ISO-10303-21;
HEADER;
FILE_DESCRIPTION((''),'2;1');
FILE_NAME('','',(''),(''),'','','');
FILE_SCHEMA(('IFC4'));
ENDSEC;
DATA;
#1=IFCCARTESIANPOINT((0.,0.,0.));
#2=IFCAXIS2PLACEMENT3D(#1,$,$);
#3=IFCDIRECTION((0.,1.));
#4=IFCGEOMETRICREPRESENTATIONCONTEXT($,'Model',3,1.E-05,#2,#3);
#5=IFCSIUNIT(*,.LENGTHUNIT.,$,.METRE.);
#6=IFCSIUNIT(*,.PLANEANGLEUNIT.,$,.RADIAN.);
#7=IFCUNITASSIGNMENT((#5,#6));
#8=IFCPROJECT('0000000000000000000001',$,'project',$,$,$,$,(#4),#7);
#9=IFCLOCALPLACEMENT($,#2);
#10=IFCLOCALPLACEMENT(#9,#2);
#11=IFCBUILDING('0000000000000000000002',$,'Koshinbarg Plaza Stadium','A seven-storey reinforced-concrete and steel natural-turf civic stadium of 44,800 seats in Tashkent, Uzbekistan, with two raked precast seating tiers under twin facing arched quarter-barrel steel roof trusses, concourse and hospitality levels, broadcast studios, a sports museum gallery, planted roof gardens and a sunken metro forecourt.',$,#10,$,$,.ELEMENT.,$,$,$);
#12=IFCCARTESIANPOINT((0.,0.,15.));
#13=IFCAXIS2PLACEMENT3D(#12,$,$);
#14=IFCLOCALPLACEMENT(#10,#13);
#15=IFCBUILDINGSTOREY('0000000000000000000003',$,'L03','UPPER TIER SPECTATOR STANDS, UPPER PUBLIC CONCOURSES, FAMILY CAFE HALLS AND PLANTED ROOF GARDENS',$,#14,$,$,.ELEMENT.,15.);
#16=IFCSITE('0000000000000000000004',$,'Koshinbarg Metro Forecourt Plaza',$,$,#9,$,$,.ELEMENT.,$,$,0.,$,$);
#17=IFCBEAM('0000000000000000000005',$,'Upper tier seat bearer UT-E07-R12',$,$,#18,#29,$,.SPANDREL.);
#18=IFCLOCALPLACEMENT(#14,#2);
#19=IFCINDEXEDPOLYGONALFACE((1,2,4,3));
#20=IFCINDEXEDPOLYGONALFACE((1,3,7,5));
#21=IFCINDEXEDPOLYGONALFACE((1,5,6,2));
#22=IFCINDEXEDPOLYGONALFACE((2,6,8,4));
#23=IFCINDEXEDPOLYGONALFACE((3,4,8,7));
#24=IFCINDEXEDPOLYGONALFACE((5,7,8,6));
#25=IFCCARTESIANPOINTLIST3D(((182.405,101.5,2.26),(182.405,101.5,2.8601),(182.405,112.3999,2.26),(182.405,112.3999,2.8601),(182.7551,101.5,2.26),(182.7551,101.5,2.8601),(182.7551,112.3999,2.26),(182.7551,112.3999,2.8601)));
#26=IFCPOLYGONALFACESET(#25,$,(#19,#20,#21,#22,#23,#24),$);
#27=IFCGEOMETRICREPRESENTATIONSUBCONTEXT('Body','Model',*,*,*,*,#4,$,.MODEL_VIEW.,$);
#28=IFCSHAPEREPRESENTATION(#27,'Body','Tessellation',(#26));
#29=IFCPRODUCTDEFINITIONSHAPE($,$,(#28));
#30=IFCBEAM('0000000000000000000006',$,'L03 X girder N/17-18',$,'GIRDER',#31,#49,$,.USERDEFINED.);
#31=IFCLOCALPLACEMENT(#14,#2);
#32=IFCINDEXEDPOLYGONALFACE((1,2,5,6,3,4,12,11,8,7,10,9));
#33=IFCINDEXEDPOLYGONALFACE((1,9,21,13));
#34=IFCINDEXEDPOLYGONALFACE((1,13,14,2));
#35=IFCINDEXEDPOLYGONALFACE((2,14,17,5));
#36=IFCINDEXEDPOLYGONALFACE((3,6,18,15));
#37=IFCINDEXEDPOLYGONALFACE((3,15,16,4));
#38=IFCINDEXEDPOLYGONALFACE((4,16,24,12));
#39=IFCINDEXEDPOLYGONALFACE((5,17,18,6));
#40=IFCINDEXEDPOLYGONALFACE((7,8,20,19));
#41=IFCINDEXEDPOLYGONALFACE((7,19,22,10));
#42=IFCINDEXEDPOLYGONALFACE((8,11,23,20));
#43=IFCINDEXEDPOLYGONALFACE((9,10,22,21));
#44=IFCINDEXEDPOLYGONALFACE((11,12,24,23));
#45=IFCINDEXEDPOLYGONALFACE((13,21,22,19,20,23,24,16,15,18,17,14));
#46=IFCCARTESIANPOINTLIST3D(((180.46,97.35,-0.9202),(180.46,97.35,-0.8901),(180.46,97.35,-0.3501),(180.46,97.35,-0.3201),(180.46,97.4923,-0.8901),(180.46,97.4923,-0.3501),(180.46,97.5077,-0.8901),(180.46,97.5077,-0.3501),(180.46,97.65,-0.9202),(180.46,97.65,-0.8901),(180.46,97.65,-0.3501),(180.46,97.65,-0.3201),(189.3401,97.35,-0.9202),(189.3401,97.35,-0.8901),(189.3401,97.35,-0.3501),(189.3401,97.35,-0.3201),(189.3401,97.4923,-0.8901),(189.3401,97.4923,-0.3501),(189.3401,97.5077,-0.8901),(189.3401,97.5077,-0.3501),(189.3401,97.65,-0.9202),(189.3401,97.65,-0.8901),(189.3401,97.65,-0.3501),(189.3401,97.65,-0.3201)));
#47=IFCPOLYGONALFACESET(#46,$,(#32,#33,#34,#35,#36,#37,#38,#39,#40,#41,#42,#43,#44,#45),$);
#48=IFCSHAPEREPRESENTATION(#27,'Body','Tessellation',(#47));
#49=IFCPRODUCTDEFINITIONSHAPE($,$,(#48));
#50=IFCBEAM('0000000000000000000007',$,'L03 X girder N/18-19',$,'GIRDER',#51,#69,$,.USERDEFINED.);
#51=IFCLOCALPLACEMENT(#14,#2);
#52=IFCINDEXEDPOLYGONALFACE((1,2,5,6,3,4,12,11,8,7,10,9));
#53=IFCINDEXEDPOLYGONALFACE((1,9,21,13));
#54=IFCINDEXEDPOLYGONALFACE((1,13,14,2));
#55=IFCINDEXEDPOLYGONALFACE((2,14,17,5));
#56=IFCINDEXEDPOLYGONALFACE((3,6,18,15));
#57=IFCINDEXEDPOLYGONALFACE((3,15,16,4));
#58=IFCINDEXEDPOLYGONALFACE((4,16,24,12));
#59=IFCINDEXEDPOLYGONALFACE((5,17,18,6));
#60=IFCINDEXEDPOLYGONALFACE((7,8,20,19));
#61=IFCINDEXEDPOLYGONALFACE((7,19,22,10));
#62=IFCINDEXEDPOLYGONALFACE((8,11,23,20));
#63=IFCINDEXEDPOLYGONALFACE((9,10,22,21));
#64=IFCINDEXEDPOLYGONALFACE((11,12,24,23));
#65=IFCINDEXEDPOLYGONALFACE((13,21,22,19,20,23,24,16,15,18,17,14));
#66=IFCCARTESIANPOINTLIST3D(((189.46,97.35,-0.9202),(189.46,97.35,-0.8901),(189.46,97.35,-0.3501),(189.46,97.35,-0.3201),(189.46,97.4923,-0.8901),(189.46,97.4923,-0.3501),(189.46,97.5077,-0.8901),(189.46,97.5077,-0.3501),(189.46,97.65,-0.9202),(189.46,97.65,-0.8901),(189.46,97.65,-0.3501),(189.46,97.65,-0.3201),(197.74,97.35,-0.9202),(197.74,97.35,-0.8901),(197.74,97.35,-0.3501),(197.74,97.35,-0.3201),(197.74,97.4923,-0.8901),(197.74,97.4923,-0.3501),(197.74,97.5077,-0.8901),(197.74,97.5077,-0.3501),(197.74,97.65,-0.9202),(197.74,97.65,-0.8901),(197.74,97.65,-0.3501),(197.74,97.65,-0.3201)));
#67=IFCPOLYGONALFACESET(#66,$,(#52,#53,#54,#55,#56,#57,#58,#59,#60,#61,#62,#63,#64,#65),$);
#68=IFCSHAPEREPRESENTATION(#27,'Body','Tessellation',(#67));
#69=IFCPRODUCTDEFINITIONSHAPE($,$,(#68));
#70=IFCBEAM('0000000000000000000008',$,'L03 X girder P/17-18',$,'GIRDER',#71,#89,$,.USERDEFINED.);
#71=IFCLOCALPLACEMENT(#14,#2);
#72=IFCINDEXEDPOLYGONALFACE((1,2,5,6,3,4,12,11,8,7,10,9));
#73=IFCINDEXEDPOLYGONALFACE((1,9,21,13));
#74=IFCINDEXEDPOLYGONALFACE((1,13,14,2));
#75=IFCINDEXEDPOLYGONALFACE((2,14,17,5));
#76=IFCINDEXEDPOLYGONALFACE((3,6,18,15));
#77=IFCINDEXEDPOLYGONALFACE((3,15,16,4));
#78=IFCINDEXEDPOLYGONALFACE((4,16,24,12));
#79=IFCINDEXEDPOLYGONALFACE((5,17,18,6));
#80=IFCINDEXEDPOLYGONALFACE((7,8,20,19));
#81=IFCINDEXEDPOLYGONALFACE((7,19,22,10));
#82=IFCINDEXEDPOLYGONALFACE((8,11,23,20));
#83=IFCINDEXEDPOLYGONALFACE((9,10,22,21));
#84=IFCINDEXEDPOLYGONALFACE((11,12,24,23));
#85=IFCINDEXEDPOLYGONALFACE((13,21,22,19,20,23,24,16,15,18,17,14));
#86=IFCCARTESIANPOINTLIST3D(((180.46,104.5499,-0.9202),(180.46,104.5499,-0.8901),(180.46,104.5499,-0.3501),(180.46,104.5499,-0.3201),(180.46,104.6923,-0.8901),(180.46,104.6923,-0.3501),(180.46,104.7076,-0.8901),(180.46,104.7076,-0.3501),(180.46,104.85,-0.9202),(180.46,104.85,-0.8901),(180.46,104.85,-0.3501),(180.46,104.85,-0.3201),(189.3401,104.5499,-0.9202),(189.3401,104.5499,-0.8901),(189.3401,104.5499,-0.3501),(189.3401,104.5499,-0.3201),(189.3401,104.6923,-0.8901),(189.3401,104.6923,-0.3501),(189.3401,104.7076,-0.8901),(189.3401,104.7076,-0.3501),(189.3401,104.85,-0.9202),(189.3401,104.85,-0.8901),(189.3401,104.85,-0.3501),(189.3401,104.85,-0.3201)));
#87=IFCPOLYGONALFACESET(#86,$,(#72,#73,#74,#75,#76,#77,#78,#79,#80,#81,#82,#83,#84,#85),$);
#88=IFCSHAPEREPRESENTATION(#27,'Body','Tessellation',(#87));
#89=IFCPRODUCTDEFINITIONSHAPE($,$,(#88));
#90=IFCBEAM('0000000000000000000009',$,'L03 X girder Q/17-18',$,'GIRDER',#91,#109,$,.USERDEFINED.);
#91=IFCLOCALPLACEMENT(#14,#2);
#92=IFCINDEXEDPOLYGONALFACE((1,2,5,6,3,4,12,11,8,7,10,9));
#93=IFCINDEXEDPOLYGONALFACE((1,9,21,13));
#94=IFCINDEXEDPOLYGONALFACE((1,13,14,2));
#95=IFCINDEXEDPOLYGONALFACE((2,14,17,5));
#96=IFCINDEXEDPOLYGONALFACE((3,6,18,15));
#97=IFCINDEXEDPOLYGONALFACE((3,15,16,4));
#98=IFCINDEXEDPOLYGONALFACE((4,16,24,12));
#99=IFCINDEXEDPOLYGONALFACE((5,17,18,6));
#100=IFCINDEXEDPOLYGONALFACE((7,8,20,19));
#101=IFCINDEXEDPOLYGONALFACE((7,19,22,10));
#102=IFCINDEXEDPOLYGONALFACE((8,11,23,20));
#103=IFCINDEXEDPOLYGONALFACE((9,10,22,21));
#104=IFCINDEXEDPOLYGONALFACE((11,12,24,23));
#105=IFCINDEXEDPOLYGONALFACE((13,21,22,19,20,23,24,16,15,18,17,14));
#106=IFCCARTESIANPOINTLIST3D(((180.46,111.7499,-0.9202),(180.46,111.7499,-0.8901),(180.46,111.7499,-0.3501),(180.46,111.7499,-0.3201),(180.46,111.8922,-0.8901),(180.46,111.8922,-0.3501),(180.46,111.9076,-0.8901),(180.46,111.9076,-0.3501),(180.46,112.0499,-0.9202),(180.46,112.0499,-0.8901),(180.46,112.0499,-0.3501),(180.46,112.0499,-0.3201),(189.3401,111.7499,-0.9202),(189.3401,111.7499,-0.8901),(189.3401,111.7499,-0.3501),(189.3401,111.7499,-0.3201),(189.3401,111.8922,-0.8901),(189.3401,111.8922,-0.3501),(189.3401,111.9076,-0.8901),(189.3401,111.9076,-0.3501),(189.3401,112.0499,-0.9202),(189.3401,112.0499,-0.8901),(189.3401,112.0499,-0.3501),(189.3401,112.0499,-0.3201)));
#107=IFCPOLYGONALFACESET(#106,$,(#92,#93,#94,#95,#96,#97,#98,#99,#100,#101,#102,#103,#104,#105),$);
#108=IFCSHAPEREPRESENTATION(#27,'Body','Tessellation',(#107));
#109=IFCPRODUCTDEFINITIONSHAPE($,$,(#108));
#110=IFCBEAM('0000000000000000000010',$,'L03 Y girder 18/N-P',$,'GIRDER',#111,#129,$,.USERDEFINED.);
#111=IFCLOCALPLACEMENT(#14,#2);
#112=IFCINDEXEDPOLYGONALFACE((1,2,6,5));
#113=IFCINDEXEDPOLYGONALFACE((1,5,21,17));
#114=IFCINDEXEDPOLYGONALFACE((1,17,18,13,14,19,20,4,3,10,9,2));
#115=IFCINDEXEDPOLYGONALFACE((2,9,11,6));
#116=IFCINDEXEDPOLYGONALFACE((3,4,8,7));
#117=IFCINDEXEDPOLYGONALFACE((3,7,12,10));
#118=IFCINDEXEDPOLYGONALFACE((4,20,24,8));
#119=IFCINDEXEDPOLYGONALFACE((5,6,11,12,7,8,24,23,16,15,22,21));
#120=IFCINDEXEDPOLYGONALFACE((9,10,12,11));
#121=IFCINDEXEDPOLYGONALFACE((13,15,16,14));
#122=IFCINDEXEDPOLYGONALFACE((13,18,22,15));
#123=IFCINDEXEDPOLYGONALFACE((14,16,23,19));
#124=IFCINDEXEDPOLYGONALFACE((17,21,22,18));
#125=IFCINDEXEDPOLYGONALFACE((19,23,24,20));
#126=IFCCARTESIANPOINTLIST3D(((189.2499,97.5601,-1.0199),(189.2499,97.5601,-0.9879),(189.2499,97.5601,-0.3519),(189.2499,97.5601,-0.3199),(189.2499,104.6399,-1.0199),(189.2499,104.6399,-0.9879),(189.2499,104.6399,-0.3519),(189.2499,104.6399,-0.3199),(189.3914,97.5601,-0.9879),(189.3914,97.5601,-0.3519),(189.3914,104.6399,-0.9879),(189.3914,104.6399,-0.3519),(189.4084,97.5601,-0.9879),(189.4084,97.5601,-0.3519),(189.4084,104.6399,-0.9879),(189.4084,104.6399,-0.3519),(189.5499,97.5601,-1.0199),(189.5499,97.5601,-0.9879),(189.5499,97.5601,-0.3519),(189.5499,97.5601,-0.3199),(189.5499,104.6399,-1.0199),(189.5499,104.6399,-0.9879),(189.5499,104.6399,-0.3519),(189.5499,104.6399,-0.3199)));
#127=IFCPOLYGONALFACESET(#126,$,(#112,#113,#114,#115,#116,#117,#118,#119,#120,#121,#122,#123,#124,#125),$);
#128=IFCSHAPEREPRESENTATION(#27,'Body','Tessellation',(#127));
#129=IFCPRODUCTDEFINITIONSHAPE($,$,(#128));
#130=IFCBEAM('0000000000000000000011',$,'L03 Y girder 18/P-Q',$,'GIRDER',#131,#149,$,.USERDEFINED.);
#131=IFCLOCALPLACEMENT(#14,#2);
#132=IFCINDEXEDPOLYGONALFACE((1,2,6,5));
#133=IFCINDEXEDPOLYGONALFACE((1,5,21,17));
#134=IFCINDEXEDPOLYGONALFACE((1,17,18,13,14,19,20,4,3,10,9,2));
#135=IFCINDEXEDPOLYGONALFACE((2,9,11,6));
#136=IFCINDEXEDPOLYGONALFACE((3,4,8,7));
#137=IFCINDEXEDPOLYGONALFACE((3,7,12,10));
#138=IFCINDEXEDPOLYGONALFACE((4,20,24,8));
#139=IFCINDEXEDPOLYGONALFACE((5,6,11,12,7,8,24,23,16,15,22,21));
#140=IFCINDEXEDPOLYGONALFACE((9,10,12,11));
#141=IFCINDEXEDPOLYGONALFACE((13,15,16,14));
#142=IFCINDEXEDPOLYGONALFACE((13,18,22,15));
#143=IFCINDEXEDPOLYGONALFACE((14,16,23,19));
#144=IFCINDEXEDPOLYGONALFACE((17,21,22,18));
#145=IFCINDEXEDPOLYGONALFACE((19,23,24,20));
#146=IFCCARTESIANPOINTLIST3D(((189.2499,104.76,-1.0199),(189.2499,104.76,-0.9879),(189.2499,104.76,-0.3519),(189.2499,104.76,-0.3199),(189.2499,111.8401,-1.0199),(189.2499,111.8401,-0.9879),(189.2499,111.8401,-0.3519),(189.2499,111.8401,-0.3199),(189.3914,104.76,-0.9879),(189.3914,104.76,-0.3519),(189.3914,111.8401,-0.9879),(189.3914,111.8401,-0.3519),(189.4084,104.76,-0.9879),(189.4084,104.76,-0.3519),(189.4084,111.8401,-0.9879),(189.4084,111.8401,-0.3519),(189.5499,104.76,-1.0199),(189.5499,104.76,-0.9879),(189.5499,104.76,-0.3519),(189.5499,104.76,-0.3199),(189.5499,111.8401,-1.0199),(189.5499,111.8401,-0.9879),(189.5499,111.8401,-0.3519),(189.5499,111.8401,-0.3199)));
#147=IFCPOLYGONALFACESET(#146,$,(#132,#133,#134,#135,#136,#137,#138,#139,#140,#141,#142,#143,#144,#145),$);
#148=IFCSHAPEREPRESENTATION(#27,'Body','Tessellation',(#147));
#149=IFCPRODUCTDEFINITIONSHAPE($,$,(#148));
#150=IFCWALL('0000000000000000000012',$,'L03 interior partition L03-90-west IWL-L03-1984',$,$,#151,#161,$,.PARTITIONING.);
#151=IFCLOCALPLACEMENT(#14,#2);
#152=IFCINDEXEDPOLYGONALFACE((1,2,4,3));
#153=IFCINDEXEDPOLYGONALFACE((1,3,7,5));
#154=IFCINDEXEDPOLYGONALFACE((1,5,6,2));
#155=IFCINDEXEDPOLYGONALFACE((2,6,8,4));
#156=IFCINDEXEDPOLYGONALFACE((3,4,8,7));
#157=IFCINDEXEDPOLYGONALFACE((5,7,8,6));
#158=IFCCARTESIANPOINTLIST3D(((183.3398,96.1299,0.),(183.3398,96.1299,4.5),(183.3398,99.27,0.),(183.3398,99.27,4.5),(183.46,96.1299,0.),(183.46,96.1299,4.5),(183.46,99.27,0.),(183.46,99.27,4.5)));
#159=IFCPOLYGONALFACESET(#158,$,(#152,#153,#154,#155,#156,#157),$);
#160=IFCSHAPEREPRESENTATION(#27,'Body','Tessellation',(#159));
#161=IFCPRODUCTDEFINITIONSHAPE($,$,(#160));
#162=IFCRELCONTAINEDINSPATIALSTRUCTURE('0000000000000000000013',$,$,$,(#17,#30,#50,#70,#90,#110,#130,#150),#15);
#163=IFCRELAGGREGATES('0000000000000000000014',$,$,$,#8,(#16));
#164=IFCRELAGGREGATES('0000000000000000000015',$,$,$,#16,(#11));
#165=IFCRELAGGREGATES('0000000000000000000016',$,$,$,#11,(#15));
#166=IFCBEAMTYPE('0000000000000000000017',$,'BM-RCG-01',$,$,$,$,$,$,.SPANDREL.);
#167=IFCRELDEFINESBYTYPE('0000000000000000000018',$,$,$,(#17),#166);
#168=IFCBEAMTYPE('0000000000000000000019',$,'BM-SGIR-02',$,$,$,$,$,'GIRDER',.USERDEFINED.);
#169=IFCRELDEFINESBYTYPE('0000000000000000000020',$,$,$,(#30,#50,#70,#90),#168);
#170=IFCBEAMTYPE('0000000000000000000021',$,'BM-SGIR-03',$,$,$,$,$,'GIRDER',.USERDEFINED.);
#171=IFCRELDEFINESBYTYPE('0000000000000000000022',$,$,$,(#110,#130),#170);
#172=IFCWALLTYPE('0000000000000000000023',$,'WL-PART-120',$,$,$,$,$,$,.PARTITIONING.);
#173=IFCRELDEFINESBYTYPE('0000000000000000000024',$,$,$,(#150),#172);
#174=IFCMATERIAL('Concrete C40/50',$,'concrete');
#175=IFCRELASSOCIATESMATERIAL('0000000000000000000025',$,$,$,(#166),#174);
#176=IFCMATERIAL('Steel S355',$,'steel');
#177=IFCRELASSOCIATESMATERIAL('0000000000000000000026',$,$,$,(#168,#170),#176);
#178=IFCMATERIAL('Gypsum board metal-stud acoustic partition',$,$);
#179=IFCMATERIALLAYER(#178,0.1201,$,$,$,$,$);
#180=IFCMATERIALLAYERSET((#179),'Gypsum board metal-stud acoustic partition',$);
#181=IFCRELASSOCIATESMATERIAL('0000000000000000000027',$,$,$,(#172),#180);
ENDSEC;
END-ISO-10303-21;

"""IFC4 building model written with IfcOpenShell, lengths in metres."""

from ifc_helpers import new_model, si_unit, direction, frame, frame_2d, origin, origin_2d, place, context, subcontext, project, spatial, rectangle, i_section, extrude, material, layer, layer_set, material_profile, profile_set, type_object, element, save


model = new_model("IFC4")

# Units and contexts
model_context = context("Model", 3, precision=1e-05, world=origin(), true_north=direction((0.0, 1.0)))
body_context = subcontext(model_context, "Body", "Model", "MODEL_VIEW")
ifc_project = project(units=[si_unit("LENGTHUNIT", "METRE"), si_unit("PLANEANGLEUNIT", "RADIAN")], contexts=[model_context])

# Site, building, storey
site_placement = place(None, origin())
site = spatial("IfcSite", under=ifc_project, at=site_placement, Name="Koshinbarg Metro Forecourt Plaza", CompositionType="ELEMENT", RefElevation=0.0)
building_placement = place(site_placement, origin())
building = spatial("IfcBuilding", under=site, at=building_placement, Name="Koshinbarg Plaza Stadium", Description="A seven-storey reinforced-concrete and steel natural-turf civic stadium of 44,800 seats in Tashkent, Uzbekistan, with two raked precast seating tiers under twin facing arched quarter-barrel steel roof trusses, concourse and hospitality levels, broadcast studios, a sports museum gallery, planted roof gardens and a sunken metro forecourt.", CompositionType="ELEMENT")
storey_placement = place(building_placement, frame((0.0, 0.0, 15.0)))
storey = spatial("IfcBuildingStorey", under=building, at=storey_placement, Name="L03", Description="UPPER TIER SPECTATOR STANDS, UPPER PUBLIC CONCOURSES, FAMILY CAFE HALLS AND PLANTED ROOF GARDENS", CompositionType="ELEMENT", Elevation=15.0)

# Shared definitions
ifc_material_1 = material(Name="Concrete C40/50", Category="concrete")

# Beams
ifc_material_profile_1 = material_profile(ifc_material_1, rectangle(XDim=0.3501, YDim=0.6001, at=origin_2d()), Name="RC 350x600")
ifc_profile_set_1 = profile_set([ifc_material_profile_1], Name="Concrete C40/50")
beam_type_1 = type_object("IfcBeamType", Name="BM-RCG-01", PredefinedType="SPANDREL", material=ifc_profile_set_1)
for number, where, z_axis, x_axis, name in (
    (1, (182.5801, 101.5, 2.5601), (0.0, 1.0, 0.0), (-1.0, 0.0, 0.0), "Upper tier seat bearer UT-E07-R12"),
):
    element("IfcBeam", number, at=place(storey_placement, frame(where, z_axis=z_axis, x_axis=x_axis)), inside=storey, type_object=beam_type_1, Name=name, PredefinedType="SPANDREL", context=body_context, shape_type="SweptSolid", body=[
        extrude(rectangle(XDim=0.3501, YDim=0.6001, at=origin_2d()), origin(), (0.0, 0.0, 1.0), 10.8999),
    ])
ifc_material_2 = material(Name="Steel S355", Category="steel")
ifc_material_profile_2 = material_profile(ifc_material_2, i_section(OverallWidth=0.3, OverallDepth=0.6001, WebThickness=0.0154, FlangeThickness=0.03, at=origin_2d()), Name="HEB 600")
ifc_profile_set_2 = profile_set([ifc_material_profile_2], Name="Steel S355")
beam_type_2 = type_object("IfcBeamType", Name="BM-SGIR-02", ElementType="GIRDER", PredefinedType="USERDEFINED", material=ifc_profile_set_2)
beam_1_placement = place(storey_placement, frame((180.46, 97.5, -0.6201), z_axis=(1.0, 0.0, 0.0), x_axis=(0.0, 1.0, 0.0)))
element("IfcBeam", 2, at=beam_1_placement, inside=storey, type_object=beam_type_2, Name="L03 X girder N/17-18", ObjectType="GIRDER", PredefinedType="USERDEFINED", context=body_context, shape_type="SweptSolid", body=[
    extrude(i_section(OverallWidth=0.3, OverallDepth=0.6001, WebThickness=0.0154, FlangeThickness=0.03, at=origin_2d()), origin(), (0.0, 0.0, 1.0), 8.8801),
])
beam_2_placement = place(storey_placement, frame((189.46, 97.5, -0.6201), z_axis=(1.0, 0.0, 0.0), x_axis=(0.0, 1.0, 0.0)))
element("IfcBeam", 3, at=beam_2_placement, inside=storey, type_object=beam_type_2, Name="L03 X girder N/18-19", ObjectType="GIRDER", PredefinedType="USERDEFINED", context=body_context, shape_type="SweptSolid", body=[
    extrude(i_section(OverallWidth=0.3, OverallDepth=0.6001, WebThickness=0.0154, FlangeThickness=0.03, at=origin_2d()), origin(), (0.0, 0.0, 1.0), 8.28),
])
for number, where, z_axis, x_axis, name in (
    (4, (180.46, 104.7, -0.6201), (1.0, 0.0, 0.0), (0.0, 1.0, 0.0), "L03 X girder P/17-18"),
    (5, (180.46, 111.8999, -0.6201), (1.0, 0.0, 0.0), (0.0, 1.0, 0.0), "L03 X girder Q/17-18"),
):
    element("IfcBeam", number, at=place(storey_placement, frame(where, z_axis=z_axis, x_axis=x_axis)), inside=storey, type_object=beam_type_2, Name=name, ObjectType="GIRDER", PredefinedType="USERDEFINED", context=body_context, shape_type="SweptSolid", body=[
        extrude(i_section(OverallWidth=0.3, OverallDepth=0.6001, WebThickness=0.0154, FlangeThickness=0.03, at=origin_2d()), origin(), (0.0, 0.0, 1.0), 8.8801),
    ])
ifc_material_profile_3 = material_profile(ifc_material_2, i_section(OverallWidth=0.3, OverallDepth=0.7, WebThickness=0.0171, FlangeThickness=0.032, at=origin_2d()), Name="HEB 700")
ifc_profile_set_3 = profile_set([ifc_material_profile_3], Name="Steel S355")
beam_type_3 = type_object("IfcBeamType", Name="BM-SGIR-03", ElementType="GIRDER", PredefinedType="USERDEFINED", material=ifc_profile_set_3)
beam_3_placement = place(storey_placement, frame((189.3999, 97.5601, -0.6699), z_axis=(0.0, 1.0, 0.0), x_axis=(-1.0, 0.0, 0.0)))
element("IfcBeam", 6, at=beam_3_placement, inside=storey, type_object=beam_type_3, Name="L03 Y girder 18/N-P", ObjectType="GIRDER", PredefinedType="USERDEFINED", context=body_context, shape_type="SweptSolid", body=[
    extrude(i_section(OverallWidth=0.3, OverallDepth=0.7, WebThickness=0.0171, FlangeThickness=0.032, at=origin_2d()), origin(), (0.0, 0.0, 1.0), 7.0798),
])
beam_4_placement = place(storey_placement, frame((189.3999, 104.76, -0.6699), z_axis=(0.0, 1.0, 0.0), x_axis=(-1.0, 0.0, 0.0)))
element("IfcBeam", 7, at=beam_4_placement, inside=storey, type_object=beam_type_3, Name="L03 Y girder 18/P-Q", ObjectType="GIRDER", PredefinedType="USERDEFINED", context=body_context, shape_type="SweptSolid", body=[
    extrude(i_section(OverallWidth=0.3, OverallDepth=0.7, WebThickness=0.0171, FlangeThickness=0.032, at=origin_2d()), origin(), (0.0, 0.0, 1.0), 7.0801),
])

# Wall
ifc_material_3 = material(Name="Gypsum board metal-stud acoustic partition")
ifc_layer = layer(ifc_material_3, 0.1201)
ifc_layer_set = layer_set([ifc_layer], Name="Gypsum board metal-stud acoustic partition")
wall_type = type_object("IfcWallType", Name="WL-PART-120", PredefinedType="PARTITIONING", material=ifc_layer_set)
wall_placement = place(storey_placement, frame((183.3999, 99.27, 0.0), z_axis=(0.0, 0.0, 1.0), x_axis=(0.0, -1.0, 0.0)))
element("IfcWall", 8, at=wall_placement, inside=storey, type_object=wall_type, Name="L03 interior partition L03-90-west IWL-L03-1984", PredefinedType="PARTITIONING", context=body_context, shape_type="SweptSolid", body=[
    extrude(rectangle(XDim=3.1401, YDim=0.1201, at=frame_2d((1.5701, 0.0))), origin(), (0.0, 0.0, 1.0), 4.5),
])

save(model, "model.ifc")
